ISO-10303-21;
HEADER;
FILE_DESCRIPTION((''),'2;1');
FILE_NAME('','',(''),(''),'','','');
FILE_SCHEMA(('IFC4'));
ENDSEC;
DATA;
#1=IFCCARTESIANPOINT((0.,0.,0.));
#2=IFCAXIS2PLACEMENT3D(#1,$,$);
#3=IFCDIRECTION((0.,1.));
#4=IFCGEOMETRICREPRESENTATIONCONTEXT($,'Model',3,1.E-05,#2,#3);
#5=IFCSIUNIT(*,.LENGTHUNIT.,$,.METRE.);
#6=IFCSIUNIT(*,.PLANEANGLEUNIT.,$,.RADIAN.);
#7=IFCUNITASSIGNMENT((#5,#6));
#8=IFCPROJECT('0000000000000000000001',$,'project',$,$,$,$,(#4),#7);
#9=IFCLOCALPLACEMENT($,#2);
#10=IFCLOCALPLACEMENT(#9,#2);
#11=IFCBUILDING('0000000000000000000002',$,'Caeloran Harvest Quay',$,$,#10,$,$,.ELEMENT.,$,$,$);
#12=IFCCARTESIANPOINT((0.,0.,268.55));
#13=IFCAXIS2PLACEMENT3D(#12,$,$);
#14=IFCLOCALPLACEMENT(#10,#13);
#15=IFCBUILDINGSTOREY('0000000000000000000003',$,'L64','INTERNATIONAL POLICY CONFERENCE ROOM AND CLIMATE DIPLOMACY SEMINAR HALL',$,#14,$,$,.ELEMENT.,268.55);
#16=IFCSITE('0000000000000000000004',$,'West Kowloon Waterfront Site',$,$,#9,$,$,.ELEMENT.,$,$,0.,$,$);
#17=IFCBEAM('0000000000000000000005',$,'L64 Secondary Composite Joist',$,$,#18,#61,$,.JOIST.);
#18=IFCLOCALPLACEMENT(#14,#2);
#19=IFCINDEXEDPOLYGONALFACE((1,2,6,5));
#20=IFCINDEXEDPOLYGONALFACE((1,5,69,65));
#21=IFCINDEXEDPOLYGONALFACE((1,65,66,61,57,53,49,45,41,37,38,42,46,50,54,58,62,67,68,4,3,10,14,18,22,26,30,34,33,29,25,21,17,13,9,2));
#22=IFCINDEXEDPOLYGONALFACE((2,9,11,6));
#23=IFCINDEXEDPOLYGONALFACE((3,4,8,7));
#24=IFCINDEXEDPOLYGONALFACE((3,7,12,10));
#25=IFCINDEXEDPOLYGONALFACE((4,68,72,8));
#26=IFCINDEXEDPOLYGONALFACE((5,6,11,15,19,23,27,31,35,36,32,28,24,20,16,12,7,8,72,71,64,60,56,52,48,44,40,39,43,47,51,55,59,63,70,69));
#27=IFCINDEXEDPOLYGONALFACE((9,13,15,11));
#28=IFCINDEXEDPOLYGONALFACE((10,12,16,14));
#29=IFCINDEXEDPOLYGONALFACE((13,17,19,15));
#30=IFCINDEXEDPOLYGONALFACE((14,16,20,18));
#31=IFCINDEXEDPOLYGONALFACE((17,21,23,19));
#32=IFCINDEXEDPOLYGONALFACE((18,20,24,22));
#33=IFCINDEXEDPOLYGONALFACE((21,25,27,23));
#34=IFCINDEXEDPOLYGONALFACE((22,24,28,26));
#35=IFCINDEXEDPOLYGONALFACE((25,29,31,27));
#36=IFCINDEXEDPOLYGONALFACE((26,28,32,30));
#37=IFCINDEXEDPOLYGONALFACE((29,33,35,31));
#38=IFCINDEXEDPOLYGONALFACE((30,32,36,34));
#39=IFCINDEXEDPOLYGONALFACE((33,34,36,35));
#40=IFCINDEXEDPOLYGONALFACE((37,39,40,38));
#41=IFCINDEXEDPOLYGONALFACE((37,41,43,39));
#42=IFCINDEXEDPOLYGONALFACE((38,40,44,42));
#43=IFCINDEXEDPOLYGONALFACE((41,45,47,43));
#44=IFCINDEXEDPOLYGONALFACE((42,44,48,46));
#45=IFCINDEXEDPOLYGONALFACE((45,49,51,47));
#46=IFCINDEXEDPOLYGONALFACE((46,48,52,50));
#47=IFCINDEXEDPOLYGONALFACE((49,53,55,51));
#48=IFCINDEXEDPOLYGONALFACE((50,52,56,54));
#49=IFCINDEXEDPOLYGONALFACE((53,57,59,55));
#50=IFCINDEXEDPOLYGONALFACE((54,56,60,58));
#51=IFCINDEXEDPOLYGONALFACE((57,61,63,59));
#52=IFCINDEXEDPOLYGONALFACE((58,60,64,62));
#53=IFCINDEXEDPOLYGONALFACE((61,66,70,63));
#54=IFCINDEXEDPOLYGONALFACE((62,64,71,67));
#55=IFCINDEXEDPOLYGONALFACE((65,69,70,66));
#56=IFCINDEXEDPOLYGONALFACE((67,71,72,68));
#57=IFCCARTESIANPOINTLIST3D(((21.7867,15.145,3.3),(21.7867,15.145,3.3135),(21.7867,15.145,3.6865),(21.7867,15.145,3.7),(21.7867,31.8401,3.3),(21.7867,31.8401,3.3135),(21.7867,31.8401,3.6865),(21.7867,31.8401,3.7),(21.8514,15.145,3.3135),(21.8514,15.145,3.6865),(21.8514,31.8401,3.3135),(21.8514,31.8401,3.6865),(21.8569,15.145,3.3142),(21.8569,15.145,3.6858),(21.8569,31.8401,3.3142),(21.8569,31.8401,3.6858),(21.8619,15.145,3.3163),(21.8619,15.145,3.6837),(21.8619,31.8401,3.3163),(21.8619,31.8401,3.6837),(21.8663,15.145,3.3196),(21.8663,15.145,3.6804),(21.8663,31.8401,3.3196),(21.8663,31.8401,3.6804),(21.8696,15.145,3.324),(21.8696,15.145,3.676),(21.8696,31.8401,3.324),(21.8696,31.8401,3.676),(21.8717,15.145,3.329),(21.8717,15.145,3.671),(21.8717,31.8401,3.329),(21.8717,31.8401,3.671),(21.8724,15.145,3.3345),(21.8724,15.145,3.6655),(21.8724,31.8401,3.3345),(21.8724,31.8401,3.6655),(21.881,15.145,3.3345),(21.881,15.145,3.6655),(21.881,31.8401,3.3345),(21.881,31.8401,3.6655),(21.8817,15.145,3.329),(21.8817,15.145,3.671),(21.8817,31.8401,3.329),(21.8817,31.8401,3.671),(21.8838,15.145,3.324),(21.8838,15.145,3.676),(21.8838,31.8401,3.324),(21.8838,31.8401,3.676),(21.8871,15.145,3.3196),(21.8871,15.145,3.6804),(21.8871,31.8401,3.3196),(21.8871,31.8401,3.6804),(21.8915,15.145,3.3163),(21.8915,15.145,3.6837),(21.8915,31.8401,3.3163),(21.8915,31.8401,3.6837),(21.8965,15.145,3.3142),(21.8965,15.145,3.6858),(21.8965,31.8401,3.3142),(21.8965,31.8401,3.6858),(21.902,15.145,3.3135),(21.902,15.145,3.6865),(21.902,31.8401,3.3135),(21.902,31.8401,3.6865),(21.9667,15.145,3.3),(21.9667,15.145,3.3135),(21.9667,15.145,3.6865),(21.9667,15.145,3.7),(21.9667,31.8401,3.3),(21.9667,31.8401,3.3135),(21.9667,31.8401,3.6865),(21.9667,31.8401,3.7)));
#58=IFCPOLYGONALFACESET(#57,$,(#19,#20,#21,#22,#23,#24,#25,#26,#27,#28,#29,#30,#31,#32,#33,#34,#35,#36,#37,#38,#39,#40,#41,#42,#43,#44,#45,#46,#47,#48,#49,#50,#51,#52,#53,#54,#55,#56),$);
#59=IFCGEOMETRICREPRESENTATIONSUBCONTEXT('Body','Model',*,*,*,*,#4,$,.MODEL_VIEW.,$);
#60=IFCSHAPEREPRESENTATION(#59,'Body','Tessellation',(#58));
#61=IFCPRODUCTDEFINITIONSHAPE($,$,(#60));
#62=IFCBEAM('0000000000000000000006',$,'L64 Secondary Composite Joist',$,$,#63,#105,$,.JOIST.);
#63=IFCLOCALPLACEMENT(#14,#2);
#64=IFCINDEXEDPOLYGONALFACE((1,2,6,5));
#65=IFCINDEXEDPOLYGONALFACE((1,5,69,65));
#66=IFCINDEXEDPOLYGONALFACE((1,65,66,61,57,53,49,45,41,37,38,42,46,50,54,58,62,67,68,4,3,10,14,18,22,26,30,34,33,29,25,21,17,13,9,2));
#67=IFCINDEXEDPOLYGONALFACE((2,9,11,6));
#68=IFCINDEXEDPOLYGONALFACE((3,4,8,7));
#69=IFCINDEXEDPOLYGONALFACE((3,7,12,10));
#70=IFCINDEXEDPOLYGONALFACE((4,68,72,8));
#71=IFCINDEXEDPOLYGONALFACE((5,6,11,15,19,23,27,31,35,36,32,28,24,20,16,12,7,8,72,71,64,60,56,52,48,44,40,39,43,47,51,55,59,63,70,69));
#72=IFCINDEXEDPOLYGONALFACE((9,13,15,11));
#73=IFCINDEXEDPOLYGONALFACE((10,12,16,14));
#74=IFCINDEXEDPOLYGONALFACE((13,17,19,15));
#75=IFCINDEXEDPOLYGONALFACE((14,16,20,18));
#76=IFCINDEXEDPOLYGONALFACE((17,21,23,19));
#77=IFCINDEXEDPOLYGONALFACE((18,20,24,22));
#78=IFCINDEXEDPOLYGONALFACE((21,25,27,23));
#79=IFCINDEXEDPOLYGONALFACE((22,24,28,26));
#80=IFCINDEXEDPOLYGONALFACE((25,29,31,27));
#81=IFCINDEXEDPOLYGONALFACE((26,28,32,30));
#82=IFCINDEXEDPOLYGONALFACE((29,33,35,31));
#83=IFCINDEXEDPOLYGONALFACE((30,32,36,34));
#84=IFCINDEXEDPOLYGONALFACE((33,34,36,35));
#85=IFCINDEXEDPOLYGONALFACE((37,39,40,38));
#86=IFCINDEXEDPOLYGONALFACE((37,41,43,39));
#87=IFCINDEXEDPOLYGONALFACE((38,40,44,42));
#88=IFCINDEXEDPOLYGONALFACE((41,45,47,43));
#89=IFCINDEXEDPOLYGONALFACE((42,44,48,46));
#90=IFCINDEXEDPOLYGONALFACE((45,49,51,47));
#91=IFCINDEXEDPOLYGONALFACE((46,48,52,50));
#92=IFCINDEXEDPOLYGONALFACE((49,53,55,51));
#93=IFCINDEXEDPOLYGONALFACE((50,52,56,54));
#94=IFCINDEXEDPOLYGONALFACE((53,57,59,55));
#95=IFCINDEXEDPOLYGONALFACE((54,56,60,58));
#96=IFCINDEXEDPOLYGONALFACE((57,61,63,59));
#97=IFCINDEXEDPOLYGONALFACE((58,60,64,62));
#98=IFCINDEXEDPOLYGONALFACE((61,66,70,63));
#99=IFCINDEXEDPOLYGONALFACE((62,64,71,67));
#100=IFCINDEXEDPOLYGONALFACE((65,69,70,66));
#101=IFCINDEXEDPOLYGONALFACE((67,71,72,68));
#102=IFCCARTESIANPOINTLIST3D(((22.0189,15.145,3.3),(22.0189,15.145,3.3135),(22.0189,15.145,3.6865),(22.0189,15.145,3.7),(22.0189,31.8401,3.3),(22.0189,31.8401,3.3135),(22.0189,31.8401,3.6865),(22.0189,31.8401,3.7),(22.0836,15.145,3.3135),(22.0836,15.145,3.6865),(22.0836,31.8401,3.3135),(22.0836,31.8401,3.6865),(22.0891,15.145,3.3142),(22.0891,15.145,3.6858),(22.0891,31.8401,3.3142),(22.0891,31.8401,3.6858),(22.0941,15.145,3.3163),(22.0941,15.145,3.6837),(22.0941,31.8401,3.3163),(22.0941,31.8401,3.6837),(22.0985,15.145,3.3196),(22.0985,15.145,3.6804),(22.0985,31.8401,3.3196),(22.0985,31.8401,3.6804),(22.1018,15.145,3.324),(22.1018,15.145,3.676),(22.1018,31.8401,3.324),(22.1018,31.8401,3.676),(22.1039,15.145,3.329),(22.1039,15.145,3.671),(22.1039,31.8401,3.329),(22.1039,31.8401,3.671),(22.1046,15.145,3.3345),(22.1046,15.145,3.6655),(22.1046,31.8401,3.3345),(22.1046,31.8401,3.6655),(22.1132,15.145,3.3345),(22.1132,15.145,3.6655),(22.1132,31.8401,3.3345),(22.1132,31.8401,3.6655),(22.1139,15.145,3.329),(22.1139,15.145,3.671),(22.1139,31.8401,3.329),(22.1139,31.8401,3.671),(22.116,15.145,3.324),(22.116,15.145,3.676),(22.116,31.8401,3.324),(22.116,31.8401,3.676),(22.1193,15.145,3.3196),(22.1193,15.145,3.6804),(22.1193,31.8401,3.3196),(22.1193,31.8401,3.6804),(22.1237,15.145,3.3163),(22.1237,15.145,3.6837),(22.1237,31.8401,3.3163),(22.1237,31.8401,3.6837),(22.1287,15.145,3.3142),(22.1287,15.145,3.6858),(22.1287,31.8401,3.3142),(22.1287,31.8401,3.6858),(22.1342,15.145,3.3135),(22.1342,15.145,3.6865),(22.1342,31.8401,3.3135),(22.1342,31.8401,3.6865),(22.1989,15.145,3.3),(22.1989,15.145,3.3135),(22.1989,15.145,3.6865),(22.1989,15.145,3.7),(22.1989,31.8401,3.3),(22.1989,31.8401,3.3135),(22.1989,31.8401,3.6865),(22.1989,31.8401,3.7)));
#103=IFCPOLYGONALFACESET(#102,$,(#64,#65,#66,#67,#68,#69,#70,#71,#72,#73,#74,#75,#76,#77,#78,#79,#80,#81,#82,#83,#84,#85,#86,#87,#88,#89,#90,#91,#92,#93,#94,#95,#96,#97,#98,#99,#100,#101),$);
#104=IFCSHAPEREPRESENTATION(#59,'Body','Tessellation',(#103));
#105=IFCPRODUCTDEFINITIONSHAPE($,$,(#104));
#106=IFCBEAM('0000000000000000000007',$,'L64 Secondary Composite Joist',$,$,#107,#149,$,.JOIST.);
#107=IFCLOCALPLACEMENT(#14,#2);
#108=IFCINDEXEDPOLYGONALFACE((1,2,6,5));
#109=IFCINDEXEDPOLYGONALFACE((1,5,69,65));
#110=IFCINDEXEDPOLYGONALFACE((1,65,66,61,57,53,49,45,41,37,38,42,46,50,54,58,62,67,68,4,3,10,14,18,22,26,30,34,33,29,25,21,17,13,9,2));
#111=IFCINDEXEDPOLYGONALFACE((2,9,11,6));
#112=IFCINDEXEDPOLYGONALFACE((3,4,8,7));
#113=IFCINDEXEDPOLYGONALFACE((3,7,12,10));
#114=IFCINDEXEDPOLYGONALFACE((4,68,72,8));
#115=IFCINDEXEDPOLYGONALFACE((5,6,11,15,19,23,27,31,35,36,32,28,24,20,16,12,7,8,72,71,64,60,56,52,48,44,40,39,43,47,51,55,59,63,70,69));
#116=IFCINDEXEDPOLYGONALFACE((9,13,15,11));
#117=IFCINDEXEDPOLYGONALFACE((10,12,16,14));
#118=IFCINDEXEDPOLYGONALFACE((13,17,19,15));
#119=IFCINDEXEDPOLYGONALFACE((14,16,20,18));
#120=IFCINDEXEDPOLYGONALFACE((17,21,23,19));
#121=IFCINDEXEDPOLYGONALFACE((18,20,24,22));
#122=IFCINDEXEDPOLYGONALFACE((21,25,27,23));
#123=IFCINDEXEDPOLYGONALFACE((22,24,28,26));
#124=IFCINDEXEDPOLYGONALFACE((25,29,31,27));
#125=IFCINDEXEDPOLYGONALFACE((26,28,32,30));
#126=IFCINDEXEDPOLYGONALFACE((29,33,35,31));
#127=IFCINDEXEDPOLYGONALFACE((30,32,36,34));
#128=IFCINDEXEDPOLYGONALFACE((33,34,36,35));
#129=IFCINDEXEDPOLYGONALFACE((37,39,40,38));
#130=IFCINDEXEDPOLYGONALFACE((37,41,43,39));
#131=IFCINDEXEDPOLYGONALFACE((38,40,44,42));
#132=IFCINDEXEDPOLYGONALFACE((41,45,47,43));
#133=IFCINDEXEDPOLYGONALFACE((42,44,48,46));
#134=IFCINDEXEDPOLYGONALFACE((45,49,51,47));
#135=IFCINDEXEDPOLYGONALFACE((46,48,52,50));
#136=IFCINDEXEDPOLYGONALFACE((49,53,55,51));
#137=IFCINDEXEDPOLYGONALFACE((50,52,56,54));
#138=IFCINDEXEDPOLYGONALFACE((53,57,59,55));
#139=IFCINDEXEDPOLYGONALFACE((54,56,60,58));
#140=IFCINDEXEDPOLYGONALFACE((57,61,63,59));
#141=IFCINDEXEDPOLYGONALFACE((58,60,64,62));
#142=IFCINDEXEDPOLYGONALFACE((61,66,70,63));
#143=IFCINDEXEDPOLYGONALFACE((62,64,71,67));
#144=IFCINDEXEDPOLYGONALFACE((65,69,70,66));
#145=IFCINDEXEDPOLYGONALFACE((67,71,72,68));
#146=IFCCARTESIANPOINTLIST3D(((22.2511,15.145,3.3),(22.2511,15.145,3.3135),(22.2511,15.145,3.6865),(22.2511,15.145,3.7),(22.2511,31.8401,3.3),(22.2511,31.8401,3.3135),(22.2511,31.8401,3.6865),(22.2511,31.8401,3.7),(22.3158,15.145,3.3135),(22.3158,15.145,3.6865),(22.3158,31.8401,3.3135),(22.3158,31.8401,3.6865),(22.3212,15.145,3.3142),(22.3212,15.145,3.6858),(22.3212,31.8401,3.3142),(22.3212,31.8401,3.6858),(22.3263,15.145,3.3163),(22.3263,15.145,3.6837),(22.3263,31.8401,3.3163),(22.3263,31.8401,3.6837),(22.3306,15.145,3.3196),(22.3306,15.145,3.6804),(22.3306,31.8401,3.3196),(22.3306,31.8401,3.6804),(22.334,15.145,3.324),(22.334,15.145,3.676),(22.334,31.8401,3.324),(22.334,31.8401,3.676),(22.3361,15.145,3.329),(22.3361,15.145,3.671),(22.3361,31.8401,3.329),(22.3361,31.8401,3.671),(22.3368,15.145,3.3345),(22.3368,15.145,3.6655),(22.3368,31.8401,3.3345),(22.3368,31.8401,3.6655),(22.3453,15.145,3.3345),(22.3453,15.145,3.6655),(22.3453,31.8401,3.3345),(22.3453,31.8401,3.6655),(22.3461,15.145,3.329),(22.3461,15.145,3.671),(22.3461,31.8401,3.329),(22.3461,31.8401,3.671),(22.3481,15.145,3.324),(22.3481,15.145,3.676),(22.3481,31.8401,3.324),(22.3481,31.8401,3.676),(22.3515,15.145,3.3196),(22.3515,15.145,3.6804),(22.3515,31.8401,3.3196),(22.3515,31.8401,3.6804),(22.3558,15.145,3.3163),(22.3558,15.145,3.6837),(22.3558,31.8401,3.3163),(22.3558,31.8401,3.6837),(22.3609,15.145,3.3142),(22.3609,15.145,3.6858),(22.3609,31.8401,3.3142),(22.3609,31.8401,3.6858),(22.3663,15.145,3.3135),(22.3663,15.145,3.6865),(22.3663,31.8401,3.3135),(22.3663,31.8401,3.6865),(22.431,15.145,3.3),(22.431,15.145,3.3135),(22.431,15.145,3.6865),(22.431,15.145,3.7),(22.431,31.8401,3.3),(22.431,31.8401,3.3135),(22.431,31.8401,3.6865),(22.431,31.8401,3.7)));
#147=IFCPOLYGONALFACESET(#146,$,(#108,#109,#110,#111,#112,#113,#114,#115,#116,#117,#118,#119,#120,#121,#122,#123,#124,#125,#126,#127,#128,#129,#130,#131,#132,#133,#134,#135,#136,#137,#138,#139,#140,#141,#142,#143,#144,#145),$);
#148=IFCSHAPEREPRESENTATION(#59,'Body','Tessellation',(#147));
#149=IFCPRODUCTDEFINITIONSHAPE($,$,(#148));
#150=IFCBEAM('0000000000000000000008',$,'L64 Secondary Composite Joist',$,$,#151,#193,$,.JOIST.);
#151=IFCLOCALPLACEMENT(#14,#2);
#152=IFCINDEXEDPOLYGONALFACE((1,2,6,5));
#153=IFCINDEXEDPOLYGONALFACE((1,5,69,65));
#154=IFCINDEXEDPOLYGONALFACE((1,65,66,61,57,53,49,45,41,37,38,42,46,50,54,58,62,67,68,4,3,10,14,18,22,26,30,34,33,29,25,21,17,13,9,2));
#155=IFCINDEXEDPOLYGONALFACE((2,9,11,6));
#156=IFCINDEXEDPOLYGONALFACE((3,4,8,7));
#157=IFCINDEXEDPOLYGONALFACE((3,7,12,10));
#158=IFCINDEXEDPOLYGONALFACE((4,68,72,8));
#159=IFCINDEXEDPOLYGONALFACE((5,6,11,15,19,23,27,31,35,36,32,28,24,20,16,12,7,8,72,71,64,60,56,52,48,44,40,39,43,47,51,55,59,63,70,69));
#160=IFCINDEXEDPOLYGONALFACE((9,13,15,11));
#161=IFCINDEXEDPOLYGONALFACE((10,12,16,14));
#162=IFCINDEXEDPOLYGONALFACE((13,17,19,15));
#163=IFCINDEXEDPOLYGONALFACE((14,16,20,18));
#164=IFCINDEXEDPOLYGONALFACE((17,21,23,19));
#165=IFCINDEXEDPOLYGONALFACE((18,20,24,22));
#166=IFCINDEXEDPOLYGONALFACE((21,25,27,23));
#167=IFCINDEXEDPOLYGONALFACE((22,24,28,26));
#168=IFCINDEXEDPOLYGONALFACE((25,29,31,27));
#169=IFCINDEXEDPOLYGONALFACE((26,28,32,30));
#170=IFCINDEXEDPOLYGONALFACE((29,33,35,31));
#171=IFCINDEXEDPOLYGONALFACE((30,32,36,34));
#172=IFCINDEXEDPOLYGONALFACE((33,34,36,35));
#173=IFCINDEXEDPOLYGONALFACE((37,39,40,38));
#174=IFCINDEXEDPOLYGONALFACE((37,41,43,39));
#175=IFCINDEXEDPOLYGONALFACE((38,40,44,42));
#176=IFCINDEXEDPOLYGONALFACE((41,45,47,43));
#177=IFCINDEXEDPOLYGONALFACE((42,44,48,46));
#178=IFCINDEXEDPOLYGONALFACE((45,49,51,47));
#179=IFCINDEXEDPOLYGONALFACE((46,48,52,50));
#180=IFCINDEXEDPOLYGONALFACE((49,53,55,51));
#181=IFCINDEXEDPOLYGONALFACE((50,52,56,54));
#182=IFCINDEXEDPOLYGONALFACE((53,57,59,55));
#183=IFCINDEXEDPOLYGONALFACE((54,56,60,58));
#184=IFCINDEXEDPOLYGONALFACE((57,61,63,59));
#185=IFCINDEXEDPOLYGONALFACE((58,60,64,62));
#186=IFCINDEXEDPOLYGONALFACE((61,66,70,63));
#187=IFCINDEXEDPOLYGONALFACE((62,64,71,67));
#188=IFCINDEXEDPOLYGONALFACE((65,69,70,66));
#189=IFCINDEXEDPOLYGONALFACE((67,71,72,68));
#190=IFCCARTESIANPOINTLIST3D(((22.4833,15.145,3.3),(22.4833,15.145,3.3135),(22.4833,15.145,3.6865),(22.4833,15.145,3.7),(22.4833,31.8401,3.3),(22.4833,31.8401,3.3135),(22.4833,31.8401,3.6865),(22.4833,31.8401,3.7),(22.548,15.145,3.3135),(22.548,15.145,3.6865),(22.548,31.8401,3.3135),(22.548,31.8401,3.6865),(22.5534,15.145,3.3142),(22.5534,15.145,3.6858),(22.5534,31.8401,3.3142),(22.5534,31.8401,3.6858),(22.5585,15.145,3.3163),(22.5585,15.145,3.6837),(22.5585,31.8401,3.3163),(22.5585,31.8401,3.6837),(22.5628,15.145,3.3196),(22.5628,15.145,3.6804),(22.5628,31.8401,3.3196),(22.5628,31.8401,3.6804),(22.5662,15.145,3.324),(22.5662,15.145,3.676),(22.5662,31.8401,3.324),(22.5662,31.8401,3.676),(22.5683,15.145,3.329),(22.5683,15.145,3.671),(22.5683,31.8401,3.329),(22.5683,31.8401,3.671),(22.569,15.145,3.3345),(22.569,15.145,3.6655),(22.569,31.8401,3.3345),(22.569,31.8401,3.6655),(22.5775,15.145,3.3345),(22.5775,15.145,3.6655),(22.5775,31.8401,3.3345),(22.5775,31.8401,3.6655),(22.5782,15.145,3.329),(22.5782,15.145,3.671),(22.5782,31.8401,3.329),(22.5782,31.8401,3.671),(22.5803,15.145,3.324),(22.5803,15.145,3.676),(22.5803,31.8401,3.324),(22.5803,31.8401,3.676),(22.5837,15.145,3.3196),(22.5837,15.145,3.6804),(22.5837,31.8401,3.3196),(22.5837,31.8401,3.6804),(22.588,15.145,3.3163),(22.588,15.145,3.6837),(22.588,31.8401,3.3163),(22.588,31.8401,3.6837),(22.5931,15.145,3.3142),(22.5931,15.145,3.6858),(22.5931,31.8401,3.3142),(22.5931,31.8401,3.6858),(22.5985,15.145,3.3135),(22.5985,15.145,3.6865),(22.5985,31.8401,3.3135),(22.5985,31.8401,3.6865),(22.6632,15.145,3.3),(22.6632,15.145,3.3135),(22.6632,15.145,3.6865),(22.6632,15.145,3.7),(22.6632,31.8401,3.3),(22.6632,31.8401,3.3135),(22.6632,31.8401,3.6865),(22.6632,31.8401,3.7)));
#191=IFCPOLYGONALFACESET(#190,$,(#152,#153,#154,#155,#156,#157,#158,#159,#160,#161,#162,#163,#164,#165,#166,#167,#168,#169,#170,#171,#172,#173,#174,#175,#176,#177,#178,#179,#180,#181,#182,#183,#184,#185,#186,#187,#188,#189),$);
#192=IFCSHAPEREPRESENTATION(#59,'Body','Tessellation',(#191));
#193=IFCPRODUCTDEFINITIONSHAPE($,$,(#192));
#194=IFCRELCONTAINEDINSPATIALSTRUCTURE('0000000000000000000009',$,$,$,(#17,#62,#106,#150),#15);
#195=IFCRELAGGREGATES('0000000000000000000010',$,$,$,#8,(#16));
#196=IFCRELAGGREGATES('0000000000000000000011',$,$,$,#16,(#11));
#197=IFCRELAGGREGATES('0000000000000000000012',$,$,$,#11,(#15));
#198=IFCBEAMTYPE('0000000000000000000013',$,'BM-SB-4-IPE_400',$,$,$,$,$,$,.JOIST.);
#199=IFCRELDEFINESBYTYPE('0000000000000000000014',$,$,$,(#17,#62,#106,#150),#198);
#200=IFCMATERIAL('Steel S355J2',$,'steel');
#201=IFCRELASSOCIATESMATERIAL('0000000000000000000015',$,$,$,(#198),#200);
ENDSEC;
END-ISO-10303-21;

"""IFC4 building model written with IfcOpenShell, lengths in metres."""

from ifc_helpers import new_model, si_unit, direction, frame, origin, origin_2d, place, context, subcontext, project, spatial, i_section, extrude, material, material_profile, profile_set, type_object, element, save


model = new_model("IFC4")

# Units and contexts
model_context = context("Model", 3, precision=1e-05, world=origin(), true_north=direction((0.0, 1.0)))
body_context = subcontext(model_context, "Body", "Model", "MODEL_VIEW")
ifc_project = project(units=[si_unit("LENGTHUNIT", "METRE"), si_unit("PLANEANGLEUNIT", "RADIAN")], contexts=[model_context])

# Site, building, storey
site_placement = place(None, origin())
site = spatial("IfcSite", under=ifc_project, at=site_placement, Name="West Kowloon Waterfront Site", CompositionType="ELEMENT", RefElevation=0.0)
building_placement = place(site_placement, origin())
building = spatial("IfcBuilding", under=site, at=building_placement, Name="Caeloran Harvest Quay", CompositionType="ELEMENT")
storey_placement = place(building_placement, frame((0.0, 0.0, 268.55)))
storey = spatial("IfcBuildingStorey", under=building, at=storey_placement, Name="L64", Description="INTERNATIONAL POLICY CONFERENCE ROOM AND CLIMATE DIPLOMACY SEMINAR HALL", CompositionType="ELEMENT", Elevation=268.55)

# Beams
ifc_material_1 = material(Name="Steel S355J2", Category="steel")
ifc_material_profile_1 = material_profile(ifc_material_1, i_section(OverallWidth=0.1799, OverallDepth=0.3999, WebThickness=0.0085, FlangeThickness=0.0134, FilletRadius=0.021, at=origin_2d()), Name="IPE 400")
ifc_profile_set_1 = profile_set([ifc_material_profile_1], Name="Steel S355J2")
beam_type_1 = type_object("IfcBeamType", Name="BM-SB-4-IPE_400", PredefinedType="JOIST", material=ifc_profile_set_1)
for number, where, z_axis, x_axis, name in (
    (1, (21.8767, 15.145, 3.5), (0.0, 1.0, 0.0), (-1.0, 0.0, 0.0), "L64 Secondary Composite Joist"),
    (2, (22.1089, 15.145, 3.5), (0.0, 1.0, 0.0), (-1.0, 0.0, 0.0), "L64 Secondary Composite Joist"),
    (3, (22.3411, 15.145, 3.5), (0.0, 1.0, 0.0), (-1.0, 0.0, 0.0), "L64 Secondary Composite Joist"),
    (4, (22.5732, 15.145, 3.5), (0.0, 1.0, 0.0), (-1.0, 0.0, 0.0), "L64 Secondary Composite Joist"),
):
    element("IfcBeam", number, at=place(storey_placement, frame(where, z_axis=z_axis, x_axis=x_axis)), inside=storey, type_object=beam_type_1, Name=name, PredefinedType="JOIST", context=body_context, shape_type="SweptSolid", body=[
        extrude(i_section(OverallWidth=0.1799, OverallDepth=0.3999, WebThickness=0.0085, FlangeThickness=0.0134, FilletRadius=0.021, at=origin_2d()), origin(), (0.0, 0.0, 1.0), 16.6951),
    ])

save(model, "model.ifc")
